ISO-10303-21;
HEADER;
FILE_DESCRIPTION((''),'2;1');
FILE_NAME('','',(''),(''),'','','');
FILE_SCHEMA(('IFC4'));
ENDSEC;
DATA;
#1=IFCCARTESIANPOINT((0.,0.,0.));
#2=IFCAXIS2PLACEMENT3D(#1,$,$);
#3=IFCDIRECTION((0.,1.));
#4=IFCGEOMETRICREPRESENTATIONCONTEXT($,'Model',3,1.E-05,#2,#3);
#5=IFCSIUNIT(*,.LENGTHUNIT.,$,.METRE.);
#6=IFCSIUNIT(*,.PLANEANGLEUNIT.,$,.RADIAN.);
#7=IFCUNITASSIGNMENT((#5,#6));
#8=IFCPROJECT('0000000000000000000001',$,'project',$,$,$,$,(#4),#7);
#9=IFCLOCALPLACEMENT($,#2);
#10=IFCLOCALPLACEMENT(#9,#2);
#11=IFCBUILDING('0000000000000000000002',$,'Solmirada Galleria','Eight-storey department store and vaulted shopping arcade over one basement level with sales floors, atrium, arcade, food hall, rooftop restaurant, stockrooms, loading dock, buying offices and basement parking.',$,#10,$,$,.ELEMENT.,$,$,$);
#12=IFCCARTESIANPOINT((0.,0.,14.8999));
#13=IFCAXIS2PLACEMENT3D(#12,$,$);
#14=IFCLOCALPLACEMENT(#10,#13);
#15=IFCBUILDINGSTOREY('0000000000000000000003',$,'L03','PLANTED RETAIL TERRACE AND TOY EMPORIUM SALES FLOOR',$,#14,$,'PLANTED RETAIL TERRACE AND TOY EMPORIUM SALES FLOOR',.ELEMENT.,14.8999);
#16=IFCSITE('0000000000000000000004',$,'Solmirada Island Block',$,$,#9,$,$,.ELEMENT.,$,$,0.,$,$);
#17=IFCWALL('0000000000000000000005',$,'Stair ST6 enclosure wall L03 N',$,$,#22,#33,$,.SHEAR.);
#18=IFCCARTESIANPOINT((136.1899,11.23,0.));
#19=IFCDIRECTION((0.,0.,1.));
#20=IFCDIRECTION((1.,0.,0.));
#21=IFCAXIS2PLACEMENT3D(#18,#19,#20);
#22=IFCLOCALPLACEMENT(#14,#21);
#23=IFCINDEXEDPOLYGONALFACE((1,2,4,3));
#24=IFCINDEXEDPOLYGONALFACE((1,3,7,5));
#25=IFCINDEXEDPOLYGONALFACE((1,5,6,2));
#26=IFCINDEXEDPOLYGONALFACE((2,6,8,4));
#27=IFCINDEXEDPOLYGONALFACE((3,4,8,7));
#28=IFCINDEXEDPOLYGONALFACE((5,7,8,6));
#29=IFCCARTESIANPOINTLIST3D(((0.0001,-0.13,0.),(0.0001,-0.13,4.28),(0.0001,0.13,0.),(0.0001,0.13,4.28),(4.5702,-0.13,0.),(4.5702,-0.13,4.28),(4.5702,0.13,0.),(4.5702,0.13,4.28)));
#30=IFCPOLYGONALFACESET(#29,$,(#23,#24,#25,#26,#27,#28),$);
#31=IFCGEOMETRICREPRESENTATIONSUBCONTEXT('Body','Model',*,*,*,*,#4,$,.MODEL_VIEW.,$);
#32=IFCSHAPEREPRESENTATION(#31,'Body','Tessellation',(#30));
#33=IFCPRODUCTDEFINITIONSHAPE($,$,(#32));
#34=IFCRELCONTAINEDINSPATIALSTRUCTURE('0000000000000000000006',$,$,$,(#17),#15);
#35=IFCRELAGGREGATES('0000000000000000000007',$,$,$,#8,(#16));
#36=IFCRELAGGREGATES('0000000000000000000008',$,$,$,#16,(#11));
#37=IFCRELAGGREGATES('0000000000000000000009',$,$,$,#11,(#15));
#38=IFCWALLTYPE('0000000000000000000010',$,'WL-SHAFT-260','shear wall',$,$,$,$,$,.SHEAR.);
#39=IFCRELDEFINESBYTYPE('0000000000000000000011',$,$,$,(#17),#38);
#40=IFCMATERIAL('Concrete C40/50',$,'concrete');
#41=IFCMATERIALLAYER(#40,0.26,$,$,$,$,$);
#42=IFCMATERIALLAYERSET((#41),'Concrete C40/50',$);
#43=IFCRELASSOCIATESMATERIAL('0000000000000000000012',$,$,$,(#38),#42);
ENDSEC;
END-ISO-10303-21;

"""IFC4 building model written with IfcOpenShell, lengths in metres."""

from ifc_helpers import new_model, si_unit, direction, frame, frame_2d, origin, place, context, subcontext, project, spatial, rectangle, extrude, material, layer, layer_set, type_object, element, save


model = new_model("IFC4")

# Units and contexts
model_context = context("Model", 3, precision=1e-05, world=origin(), true_north=direction((0.0, 1.0)))
body_context = subcontext(model_context, "Body", "Model", "MODEL_VIEW")
ifc_project = project(units=[si_unit("LENGTHUNIT", "METRE"), si_unit("PLANEANGLEUNIT", "RADIAN")], contexts=[model_context])

# Site, building, storey
site_placement = place(None, origin())
site = spatial("IfcSite", under=ifc_project, at=site_placement, Name="Solmirada Island Block", CompositionType="ELEMENT", RefElevation=0.0)
building_placement = place(site_placement, origin())
building = spatial("IfcBuilding", under=site, at=building_placement, Name="Solmirada Galleria", Description="Eight-storey department store and vaulted shopping arcade over one basement level with sales floors, atrium, arcade, food hall, rooftop restaurant, stockrooms, loading dock, buying offices and basement parking.", CompositionType="ELEMENT")
storey_placement = place(building_placement, frame((0.0, 0.0, 14.8999)))
storey = spatial("IfcBuildingStorey", under=building, at=storey_placement, Name="L03", Description="PLANTED RETAIL TERRACE AND TOY EMPORIUM SALES FLOOR", LongName="PLANTED RETAIL TERRACE AND TOY EMPORIUM SALES FLOOR", CompositionType="ELEMENT", Elevation=14.8999)

# Shared definitions
ifc_material_1 = material(Name="Concrete C40/50", Category="concrete")

# Wall
ifc_layer_1 = layer(ifc_material_1, 0.26)
ifc_layer_set_1 = layer_set([ifc_layer_1], Name="Concrete C40/50")
wall_type_1 = type_object("IfcWallType", Name="WL-SHAFT-260", Description="shear wall", PredefinedType="SHEAR", material=ifc_layer_set_1)
wall_1_placement = place(storey_placement, frame((136.1899, 11.23, 0.0), z_axis=(0.0, 0.0, 1.0), x_axis=(1.0, 0.0, 0.0)))
element("IfcWall", 1, at=wall_1_placement, inside=storey, type_object=wall_type_1, Name="Stair ST6 enclosure wall L03 N", PredefinedType="SHEAR", context=body_context, shape_type="SweptSolid", body=[
    extrude(rectangle(XDim=4.5701, YDim=0.26, at=frame_2d((2.2852, 0.0))), origin(), (0.0, 0.0, 1.0), 4.28),
])

save(model, "model.ifc")
